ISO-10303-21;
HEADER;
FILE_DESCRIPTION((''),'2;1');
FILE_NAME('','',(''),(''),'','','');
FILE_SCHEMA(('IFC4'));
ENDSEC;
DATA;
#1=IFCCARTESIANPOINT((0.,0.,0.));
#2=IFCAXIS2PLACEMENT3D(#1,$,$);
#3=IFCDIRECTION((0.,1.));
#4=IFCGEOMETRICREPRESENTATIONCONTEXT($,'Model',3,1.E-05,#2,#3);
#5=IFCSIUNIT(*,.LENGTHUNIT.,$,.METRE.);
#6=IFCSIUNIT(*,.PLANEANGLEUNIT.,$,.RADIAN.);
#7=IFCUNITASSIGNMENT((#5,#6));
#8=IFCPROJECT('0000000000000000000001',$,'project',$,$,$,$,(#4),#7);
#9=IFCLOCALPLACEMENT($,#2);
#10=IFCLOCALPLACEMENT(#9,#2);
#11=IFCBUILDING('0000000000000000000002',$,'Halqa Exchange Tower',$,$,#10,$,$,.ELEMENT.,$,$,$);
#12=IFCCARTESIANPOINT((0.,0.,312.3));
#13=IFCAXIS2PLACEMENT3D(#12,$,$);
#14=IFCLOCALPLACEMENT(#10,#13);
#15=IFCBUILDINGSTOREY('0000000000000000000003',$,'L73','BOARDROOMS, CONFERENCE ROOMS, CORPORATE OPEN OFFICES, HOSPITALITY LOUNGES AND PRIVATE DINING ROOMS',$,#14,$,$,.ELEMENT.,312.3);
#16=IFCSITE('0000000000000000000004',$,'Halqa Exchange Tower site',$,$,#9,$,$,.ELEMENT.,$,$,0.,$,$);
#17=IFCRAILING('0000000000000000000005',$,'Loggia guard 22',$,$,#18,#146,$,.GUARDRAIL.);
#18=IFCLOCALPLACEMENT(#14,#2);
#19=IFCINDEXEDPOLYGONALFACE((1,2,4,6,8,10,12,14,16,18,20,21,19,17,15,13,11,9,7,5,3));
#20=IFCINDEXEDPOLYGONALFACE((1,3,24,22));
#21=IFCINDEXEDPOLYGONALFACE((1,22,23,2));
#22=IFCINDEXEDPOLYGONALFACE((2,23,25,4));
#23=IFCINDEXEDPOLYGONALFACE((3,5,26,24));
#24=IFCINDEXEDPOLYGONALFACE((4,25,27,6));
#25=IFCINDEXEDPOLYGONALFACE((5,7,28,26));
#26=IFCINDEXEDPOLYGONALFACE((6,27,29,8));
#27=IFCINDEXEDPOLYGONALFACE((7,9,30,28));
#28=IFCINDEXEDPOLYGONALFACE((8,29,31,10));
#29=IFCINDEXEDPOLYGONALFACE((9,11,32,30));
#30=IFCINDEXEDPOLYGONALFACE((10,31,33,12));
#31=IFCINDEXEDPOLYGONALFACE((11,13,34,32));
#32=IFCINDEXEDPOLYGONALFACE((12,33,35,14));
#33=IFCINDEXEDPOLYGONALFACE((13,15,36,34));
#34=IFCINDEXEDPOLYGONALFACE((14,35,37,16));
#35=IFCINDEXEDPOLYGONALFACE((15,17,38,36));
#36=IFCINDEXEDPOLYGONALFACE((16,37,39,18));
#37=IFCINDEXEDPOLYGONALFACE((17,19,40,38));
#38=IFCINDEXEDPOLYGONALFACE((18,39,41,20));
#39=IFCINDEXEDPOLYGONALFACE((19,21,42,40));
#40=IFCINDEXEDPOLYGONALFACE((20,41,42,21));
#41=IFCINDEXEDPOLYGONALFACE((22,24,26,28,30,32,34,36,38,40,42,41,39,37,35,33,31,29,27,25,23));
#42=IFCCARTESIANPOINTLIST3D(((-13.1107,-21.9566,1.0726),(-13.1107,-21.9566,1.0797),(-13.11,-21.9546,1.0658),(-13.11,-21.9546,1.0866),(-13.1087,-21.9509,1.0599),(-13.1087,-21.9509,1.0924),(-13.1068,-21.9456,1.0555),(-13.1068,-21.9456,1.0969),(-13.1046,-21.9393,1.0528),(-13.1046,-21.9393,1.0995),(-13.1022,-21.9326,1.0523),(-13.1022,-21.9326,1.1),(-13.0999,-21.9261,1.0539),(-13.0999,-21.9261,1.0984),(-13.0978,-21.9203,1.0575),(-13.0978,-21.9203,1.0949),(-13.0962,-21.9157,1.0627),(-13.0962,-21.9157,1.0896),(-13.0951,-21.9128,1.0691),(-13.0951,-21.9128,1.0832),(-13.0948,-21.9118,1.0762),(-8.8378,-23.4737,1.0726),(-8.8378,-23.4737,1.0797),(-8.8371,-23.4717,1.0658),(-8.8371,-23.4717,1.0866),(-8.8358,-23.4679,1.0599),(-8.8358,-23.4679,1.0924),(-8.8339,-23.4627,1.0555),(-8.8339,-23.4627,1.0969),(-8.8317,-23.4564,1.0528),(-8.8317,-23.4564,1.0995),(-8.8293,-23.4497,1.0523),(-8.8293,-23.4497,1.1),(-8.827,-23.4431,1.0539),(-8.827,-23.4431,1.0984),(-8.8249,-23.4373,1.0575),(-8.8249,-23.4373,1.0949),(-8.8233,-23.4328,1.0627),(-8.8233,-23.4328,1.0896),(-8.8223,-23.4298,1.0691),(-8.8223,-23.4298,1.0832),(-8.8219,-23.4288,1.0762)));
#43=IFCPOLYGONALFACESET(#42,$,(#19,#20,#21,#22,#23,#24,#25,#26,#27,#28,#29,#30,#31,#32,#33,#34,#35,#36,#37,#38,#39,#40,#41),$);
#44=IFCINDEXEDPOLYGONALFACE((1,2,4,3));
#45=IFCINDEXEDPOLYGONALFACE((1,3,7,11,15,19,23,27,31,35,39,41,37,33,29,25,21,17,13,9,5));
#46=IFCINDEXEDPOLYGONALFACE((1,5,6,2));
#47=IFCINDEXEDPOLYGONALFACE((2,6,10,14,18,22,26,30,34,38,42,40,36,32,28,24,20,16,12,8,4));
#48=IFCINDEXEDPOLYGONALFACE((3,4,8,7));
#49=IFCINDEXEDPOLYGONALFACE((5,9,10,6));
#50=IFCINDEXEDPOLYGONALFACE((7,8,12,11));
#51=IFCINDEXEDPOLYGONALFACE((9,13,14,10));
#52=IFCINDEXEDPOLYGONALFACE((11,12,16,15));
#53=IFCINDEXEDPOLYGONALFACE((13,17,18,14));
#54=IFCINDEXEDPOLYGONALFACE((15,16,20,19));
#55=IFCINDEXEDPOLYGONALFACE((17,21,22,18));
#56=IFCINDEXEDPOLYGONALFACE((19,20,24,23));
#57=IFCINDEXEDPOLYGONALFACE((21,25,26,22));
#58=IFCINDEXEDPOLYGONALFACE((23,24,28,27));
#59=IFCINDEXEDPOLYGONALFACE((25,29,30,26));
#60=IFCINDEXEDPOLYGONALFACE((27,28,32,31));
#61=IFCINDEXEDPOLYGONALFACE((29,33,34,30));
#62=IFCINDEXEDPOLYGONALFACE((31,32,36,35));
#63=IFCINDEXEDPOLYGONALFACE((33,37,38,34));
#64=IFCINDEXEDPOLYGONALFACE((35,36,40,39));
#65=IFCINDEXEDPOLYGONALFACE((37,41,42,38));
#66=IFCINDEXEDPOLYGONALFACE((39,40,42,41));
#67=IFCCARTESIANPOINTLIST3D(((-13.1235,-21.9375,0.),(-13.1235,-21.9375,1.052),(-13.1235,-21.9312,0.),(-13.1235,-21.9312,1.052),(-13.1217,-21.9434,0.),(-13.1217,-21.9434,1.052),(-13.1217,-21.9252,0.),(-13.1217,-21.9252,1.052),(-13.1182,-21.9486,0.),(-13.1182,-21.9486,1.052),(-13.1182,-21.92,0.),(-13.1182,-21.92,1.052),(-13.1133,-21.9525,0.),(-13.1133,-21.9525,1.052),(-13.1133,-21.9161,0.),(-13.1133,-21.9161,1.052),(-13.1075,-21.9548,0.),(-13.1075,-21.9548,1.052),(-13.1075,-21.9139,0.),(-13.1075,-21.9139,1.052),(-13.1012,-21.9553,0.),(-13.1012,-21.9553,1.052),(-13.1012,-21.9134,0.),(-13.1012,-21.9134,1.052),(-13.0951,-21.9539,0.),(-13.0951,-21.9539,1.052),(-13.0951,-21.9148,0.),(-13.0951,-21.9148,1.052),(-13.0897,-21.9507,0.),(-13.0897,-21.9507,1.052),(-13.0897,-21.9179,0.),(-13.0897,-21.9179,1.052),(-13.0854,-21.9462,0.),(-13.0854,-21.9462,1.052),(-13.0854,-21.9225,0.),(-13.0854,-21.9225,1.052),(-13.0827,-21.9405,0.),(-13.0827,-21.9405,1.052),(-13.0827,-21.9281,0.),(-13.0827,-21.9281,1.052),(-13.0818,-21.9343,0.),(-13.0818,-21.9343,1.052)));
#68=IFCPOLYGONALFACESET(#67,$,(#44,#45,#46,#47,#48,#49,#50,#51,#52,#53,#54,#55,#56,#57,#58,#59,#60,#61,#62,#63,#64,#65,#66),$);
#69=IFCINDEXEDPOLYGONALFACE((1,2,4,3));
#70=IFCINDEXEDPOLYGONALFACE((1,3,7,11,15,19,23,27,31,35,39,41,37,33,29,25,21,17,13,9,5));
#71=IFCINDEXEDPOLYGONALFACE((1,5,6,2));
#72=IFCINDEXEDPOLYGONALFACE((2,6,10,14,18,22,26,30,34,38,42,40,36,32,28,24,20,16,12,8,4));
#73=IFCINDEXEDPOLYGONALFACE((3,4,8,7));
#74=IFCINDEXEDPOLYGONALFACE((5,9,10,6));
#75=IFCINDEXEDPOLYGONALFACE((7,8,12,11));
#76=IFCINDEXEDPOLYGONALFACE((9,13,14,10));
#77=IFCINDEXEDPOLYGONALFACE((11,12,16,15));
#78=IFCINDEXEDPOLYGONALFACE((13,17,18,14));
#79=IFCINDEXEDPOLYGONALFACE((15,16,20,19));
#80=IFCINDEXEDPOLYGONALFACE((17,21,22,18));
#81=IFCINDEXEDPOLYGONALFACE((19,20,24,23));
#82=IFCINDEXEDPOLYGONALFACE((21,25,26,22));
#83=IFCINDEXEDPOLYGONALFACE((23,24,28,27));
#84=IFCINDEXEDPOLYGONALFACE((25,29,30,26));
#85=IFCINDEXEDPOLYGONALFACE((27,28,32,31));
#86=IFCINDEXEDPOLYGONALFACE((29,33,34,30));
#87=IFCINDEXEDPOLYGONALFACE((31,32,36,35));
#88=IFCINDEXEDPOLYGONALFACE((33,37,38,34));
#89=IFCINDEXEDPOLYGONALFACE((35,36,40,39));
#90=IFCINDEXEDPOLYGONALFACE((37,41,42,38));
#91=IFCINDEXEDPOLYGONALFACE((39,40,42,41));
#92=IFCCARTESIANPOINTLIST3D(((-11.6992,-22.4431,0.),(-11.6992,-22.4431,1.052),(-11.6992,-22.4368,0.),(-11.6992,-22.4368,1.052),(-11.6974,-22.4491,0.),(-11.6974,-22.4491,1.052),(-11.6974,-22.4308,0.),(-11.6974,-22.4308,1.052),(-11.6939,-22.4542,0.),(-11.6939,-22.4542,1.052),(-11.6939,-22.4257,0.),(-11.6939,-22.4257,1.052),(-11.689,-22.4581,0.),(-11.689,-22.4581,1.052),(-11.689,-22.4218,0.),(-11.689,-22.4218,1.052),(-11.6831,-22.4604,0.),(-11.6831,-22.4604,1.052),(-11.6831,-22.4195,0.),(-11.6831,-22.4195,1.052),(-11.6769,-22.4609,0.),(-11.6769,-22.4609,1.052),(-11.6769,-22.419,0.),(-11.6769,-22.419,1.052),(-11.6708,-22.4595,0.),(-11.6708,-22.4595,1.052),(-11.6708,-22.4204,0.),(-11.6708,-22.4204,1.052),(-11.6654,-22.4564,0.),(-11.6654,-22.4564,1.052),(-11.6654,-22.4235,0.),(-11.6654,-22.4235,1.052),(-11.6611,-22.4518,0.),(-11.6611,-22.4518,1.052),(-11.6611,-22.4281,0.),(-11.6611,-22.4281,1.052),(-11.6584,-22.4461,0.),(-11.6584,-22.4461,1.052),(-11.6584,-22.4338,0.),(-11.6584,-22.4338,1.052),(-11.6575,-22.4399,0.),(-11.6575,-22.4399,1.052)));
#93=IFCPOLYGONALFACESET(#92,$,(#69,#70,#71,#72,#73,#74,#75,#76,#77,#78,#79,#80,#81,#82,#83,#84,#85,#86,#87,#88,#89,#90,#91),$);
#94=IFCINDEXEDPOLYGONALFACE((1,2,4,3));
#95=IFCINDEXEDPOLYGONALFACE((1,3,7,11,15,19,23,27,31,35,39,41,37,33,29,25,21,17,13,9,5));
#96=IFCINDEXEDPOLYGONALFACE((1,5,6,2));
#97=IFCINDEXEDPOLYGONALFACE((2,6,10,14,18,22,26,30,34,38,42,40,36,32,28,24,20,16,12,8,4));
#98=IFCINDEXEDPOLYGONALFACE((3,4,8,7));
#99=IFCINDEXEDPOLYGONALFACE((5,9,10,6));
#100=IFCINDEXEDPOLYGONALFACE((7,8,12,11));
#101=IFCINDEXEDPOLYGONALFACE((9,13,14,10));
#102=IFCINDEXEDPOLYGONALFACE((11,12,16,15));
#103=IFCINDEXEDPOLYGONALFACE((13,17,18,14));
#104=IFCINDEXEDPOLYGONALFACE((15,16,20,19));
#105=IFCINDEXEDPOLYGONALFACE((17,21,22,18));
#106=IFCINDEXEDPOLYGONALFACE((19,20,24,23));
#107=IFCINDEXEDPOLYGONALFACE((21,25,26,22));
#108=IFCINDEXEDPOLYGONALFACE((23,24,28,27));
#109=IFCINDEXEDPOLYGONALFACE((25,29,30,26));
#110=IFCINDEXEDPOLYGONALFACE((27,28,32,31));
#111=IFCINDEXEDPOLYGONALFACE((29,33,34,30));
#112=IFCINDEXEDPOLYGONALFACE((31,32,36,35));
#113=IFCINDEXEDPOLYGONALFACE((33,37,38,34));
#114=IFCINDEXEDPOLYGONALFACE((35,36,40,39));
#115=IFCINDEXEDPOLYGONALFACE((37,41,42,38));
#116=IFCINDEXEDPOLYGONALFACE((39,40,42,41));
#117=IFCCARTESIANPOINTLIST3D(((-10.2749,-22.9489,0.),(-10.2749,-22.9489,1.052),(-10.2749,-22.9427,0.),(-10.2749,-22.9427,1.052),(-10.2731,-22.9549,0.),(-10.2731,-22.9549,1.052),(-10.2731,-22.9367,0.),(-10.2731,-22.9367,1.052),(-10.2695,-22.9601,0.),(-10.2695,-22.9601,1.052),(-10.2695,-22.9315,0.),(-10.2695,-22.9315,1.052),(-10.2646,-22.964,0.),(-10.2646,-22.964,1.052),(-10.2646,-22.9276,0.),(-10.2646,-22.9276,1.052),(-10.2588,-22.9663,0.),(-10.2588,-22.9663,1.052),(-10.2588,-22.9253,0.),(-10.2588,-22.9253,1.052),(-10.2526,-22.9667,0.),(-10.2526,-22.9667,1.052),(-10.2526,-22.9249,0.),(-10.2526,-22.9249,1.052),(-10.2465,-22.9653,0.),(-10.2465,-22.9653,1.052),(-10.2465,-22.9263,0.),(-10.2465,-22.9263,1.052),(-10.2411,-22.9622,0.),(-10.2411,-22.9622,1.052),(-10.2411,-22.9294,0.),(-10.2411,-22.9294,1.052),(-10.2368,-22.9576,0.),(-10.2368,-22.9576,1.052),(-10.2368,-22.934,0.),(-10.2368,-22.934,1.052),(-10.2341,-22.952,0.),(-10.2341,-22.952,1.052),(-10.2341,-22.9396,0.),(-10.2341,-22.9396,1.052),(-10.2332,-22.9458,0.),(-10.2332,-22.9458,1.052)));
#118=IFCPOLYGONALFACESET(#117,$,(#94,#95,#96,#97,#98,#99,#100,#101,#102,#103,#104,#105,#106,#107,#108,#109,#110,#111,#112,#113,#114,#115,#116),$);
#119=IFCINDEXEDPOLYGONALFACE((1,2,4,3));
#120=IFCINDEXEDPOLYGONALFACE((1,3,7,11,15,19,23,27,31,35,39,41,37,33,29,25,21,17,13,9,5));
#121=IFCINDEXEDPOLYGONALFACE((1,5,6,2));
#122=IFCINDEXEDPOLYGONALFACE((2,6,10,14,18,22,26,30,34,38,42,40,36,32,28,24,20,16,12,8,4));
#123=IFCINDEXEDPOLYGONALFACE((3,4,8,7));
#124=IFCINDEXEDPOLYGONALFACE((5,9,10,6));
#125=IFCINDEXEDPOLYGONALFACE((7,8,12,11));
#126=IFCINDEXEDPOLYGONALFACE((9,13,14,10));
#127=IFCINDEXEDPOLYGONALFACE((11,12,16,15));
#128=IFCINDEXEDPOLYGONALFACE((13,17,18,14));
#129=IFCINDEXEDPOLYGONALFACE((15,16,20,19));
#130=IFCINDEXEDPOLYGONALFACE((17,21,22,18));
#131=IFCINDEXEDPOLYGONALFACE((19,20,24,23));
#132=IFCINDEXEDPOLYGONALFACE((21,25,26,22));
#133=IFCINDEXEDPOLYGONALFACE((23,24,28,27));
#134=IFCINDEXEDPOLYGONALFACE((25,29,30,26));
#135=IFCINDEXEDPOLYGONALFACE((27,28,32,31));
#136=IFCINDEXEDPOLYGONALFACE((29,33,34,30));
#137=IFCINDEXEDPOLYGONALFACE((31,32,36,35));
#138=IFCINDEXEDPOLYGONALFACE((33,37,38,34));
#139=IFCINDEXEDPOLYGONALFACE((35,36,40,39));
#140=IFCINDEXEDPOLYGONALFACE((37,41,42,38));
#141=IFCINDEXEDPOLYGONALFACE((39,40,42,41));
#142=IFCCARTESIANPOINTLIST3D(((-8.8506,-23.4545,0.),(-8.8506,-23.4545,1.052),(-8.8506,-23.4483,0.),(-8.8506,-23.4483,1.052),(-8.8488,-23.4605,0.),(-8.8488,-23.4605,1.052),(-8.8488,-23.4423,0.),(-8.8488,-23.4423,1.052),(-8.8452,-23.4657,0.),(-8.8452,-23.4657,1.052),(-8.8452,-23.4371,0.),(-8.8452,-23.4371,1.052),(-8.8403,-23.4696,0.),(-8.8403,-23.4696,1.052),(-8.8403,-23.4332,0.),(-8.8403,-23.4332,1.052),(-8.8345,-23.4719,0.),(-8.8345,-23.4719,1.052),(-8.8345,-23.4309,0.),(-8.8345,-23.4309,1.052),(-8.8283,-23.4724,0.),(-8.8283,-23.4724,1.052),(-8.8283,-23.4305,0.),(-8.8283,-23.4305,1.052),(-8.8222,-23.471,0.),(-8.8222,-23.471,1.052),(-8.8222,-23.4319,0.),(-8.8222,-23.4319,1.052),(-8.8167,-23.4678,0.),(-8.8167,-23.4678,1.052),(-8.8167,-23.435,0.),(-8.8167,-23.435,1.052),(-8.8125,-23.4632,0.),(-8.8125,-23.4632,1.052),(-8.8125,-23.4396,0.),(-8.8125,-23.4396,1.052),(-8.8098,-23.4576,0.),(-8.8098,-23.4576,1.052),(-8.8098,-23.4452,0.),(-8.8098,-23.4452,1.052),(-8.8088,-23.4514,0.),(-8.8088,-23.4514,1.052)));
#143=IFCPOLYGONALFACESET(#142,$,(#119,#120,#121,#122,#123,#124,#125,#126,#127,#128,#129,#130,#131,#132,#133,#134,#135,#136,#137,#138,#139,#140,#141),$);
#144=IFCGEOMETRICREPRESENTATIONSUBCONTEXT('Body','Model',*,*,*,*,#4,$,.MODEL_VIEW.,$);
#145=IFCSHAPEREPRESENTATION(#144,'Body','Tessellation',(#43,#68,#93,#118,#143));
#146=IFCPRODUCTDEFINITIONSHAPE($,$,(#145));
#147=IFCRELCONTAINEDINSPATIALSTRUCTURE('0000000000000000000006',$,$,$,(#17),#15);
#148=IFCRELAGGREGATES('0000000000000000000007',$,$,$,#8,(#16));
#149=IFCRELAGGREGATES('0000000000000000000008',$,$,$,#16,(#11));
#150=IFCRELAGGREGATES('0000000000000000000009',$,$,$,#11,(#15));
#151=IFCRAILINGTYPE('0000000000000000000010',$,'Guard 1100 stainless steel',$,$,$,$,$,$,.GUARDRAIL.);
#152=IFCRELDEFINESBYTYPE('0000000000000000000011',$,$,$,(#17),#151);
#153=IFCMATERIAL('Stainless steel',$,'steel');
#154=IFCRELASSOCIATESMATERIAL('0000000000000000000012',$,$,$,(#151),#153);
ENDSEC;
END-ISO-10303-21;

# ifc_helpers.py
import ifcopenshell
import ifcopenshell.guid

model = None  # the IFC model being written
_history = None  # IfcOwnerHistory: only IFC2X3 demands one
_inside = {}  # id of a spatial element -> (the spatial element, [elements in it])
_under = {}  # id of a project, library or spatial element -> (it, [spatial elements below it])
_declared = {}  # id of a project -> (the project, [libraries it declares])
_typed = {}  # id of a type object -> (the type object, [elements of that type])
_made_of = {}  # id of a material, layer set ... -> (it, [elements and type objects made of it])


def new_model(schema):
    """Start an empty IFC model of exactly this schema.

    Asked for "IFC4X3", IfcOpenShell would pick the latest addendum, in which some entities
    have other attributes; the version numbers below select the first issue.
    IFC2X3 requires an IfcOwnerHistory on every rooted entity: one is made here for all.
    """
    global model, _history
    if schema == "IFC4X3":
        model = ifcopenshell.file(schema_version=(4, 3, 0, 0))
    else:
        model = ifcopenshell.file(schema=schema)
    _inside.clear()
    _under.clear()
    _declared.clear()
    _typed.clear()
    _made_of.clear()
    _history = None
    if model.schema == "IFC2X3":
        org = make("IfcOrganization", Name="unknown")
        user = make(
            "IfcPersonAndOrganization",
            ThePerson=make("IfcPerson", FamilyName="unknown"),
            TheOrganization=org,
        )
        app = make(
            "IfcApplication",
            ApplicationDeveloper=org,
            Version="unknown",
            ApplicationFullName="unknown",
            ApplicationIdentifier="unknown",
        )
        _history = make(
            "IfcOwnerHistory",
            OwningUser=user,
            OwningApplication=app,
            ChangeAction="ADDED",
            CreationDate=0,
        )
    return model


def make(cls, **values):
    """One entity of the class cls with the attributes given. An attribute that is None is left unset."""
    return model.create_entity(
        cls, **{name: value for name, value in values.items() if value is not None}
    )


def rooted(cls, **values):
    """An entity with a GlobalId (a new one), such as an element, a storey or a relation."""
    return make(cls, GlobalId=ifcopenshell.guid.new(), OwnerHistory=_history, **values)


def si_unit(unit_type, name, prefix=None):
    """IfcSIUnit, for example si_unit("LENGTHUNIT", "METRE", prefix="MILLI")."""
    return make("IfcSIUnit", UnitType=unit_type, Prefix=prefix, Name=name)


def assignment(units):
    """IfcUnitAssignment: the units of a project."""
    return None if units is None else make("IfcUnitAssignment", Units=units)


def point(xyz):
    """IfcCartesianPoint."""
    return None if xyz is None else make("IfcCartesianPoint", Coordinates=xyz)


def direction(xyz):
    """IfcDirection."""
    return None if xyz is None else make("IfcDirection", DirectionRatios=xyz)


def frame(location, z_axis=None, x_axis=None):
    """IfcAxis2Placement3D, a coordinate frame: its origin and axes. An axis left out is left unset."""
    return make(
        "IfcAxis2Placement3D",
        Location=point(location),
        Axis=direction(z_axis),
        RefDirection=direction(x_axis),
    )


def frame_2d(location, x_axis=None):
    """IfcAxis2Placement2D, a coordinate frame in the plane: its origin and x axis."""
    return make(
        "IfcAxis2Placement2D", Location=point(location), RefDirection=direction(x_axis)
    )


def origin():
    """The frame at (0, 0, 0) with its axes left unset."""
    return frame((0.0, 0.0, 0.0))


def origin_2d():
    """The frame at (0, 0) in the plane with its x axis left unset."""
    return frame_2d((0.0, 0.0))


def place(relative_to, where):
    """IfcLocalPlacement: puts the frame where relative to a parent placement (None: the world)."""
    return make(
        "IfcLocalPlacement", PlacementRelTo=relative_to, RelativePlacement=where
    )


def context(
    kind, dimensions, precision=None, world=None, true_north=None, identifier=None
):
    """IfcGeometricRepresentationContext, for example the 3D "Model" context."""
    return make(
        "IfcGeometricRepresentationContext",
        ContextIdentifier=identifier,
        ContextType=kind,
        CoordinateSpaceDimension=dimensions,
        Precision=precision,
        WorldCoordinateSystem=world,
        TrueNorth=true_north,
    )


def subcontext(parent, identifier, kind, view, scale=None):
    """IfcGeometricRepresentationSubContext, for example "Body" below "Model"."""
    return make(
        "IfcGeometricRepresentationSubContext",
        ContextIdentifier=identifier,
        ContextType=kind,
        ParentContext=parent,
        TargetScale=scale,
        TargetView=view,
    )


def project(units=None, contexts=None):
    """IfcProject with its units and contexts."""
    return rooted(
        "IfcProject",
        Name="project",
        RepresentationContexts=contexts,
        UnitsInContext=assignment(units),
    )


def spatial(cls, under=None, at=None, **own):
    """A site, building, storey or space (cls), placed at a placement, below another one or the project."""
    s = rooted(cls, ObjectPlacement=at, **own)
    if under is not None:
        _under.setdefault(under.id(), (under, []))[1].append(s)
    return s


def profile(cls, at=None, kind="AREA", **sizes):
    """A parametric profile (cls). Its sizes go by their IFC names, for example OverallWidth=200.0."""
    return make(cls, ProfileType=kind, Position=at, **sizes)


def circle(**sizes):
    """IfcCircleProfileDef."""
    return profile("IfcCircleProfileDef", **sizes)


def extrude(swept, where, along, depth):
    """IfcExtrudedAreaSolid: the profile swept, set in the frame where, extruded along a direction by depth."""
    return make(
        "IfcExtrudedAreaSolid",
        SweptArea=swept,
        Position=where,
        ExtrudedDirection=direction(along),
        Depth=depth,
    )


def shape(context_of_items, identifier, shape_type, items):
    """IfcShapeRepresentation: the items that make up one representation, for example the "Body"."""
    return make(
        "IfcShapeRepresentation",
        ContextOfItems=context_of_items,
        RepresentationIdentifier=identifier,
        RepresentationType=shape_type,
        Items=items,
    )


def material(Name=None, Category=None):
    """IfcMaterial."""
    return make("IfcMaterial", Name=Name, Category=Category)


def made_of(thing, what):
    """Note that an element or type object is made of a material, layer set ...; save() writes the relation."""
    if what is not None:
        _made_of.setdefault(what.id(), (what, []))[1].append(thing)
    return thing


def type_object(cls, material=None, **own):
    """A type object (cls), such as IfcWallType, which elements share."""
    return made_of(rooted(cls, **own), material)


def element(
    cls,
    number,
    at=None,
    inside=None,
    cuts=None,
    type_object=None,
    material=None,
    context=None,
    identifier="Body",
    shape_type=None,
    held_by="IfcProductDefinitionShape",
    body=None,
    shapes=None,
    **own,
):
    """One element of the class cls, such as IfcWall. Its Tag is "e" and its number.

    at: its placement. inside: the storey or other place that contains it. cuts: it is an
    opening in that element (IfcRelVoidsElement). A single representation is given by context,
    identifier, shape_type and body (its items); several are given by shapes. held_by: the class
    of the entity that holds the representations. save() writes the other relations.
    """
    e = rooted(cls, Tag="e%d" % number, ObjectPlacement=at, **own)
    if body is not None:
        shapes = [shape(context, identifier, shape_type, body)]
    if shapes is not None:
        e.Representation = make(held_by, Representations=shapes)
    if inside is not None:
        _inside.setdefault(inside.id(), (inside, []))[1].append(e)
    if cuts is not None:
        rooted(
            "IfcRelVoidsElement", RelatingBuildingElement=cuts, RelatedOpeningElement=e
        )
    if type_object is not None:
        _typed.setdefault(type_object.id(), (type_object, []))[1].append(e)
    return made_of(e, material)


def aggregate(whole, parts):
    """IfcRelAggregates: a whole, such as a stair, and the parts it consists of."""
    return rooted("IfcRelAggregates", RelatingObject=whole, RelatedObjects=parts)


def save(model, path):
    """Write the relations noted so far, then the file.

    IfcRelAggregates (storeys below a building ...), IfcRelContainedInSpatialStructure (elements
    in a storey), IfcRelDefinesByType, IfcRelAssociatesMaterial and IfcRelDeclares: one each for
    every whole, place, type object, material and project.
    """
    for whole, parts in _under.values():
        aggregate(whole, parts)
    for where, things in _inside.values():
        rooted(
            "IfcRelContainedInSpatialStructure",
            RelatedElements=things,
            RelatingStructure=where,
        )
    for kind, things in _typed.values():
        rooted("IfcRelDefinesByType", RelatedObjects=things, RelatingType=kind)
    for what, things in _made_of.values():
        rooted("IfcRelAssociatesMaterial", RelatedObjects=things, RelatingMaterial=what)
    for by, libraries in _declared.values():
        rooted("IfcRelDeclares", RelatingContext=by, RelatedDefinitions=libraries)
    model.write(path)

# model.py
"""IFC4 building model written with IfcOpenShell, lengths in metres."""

from ifc_helpers import new_model, si_unit, direction, frame, origin, origin_2d, place, context, subcontext, project, spatial, circle, extrude, material, type_object, element, save


model = new_model("IFC4")

# Units and contexts
model_context = context("Model", 3, precision=1e-05, world=origin(), true_north=direction((0.0, 1.0)))
body_context = subcontext(model_context, "Body", "Model", "MODEL_VIEW")
ifc_project = project(units=[si_unit("LENGTHUNIT", "METRE"), si_unit("PLANEANGLEUNIT", "RADIAN")], contexts=[model_context])

# Site, building, storey
site_placement = place(None, origin())
site = spatial("IfcSite", under=ifc_project, at=site_placement, Name="Halqa Exchange Tower site", CompositionType="ELEMENT", RefElevation=0.0)
building_placement = place(site_placement, origin())
building = spatial("IfcBuilding", under=site, at=building_placement, Name="Halqa Exchange Tower", CompositionType="ELEMENT")
storey_placement = place(building_placement, frame((0.0, 0.0, 312.3)))
storey = spatial("IfcBuildingStorey", under=building, at=storey_placement, Name="L73", Description="BOARDROOMS, CONFERENCE ROOMS, CORPORATE OPEN OFFICES, HOSPITALITY LOUNGES AND PRIVATE DINING ROOMS", CompositionType="ELEMENT", Elevation=312.3)

# Railing
ifc_material_1 = material(Name="Stainless steel", Category="steel")
railing_type = type_object("IfcRailingType", Name="Guard 1100 stainless steel", PredefinedType="GUARDRAIL", material=ifc_material_1)
railing_1_placement = place(storey_placement, frame((-13.1028, -21.9343, 0.0)))
element("IfcRailing", 1, at=railing_1_placement, inside=storey, type_object=railing_type, Name="Loggia guard 22", PredefinedType="GUARDRAIL", context=body_context, shape_type="SweptSolid", body=[
    extrude(circle(Radius=0.0239, at=origin_2d()), frame((0.0, 0.0, 1.0762), z_axis=(0.942366, -0.334583, 0.0), x_axis=(0.334583, 0.942366, 0.0)), (0.0, 0.0, 1.0), 4.5342),
    extrude(circle(Radius=0.021, at=origin_2d()), origin(), (0.0, 0.0, 1.0), 1.052),
    extrude(circle(Radius=0.021, at=origin_2d()), frame((1.4243, -0.5056, 0.0)), (0.0, 0.0, 1.0), 1.052),
    extrude(circle(Radius=0.021, at=origin_2d()), frame((2.8486, -1.0115, 0.0)), (0.0, 0.0, 1.0), 1.052),
    extrude(circle(Radius=0.021, at=origin_2d()), frame((4.2729, -1.5171, 0.0)), (0.0, 0.0, 1.0), 1.052),
])

save(model, "model.ifc")
